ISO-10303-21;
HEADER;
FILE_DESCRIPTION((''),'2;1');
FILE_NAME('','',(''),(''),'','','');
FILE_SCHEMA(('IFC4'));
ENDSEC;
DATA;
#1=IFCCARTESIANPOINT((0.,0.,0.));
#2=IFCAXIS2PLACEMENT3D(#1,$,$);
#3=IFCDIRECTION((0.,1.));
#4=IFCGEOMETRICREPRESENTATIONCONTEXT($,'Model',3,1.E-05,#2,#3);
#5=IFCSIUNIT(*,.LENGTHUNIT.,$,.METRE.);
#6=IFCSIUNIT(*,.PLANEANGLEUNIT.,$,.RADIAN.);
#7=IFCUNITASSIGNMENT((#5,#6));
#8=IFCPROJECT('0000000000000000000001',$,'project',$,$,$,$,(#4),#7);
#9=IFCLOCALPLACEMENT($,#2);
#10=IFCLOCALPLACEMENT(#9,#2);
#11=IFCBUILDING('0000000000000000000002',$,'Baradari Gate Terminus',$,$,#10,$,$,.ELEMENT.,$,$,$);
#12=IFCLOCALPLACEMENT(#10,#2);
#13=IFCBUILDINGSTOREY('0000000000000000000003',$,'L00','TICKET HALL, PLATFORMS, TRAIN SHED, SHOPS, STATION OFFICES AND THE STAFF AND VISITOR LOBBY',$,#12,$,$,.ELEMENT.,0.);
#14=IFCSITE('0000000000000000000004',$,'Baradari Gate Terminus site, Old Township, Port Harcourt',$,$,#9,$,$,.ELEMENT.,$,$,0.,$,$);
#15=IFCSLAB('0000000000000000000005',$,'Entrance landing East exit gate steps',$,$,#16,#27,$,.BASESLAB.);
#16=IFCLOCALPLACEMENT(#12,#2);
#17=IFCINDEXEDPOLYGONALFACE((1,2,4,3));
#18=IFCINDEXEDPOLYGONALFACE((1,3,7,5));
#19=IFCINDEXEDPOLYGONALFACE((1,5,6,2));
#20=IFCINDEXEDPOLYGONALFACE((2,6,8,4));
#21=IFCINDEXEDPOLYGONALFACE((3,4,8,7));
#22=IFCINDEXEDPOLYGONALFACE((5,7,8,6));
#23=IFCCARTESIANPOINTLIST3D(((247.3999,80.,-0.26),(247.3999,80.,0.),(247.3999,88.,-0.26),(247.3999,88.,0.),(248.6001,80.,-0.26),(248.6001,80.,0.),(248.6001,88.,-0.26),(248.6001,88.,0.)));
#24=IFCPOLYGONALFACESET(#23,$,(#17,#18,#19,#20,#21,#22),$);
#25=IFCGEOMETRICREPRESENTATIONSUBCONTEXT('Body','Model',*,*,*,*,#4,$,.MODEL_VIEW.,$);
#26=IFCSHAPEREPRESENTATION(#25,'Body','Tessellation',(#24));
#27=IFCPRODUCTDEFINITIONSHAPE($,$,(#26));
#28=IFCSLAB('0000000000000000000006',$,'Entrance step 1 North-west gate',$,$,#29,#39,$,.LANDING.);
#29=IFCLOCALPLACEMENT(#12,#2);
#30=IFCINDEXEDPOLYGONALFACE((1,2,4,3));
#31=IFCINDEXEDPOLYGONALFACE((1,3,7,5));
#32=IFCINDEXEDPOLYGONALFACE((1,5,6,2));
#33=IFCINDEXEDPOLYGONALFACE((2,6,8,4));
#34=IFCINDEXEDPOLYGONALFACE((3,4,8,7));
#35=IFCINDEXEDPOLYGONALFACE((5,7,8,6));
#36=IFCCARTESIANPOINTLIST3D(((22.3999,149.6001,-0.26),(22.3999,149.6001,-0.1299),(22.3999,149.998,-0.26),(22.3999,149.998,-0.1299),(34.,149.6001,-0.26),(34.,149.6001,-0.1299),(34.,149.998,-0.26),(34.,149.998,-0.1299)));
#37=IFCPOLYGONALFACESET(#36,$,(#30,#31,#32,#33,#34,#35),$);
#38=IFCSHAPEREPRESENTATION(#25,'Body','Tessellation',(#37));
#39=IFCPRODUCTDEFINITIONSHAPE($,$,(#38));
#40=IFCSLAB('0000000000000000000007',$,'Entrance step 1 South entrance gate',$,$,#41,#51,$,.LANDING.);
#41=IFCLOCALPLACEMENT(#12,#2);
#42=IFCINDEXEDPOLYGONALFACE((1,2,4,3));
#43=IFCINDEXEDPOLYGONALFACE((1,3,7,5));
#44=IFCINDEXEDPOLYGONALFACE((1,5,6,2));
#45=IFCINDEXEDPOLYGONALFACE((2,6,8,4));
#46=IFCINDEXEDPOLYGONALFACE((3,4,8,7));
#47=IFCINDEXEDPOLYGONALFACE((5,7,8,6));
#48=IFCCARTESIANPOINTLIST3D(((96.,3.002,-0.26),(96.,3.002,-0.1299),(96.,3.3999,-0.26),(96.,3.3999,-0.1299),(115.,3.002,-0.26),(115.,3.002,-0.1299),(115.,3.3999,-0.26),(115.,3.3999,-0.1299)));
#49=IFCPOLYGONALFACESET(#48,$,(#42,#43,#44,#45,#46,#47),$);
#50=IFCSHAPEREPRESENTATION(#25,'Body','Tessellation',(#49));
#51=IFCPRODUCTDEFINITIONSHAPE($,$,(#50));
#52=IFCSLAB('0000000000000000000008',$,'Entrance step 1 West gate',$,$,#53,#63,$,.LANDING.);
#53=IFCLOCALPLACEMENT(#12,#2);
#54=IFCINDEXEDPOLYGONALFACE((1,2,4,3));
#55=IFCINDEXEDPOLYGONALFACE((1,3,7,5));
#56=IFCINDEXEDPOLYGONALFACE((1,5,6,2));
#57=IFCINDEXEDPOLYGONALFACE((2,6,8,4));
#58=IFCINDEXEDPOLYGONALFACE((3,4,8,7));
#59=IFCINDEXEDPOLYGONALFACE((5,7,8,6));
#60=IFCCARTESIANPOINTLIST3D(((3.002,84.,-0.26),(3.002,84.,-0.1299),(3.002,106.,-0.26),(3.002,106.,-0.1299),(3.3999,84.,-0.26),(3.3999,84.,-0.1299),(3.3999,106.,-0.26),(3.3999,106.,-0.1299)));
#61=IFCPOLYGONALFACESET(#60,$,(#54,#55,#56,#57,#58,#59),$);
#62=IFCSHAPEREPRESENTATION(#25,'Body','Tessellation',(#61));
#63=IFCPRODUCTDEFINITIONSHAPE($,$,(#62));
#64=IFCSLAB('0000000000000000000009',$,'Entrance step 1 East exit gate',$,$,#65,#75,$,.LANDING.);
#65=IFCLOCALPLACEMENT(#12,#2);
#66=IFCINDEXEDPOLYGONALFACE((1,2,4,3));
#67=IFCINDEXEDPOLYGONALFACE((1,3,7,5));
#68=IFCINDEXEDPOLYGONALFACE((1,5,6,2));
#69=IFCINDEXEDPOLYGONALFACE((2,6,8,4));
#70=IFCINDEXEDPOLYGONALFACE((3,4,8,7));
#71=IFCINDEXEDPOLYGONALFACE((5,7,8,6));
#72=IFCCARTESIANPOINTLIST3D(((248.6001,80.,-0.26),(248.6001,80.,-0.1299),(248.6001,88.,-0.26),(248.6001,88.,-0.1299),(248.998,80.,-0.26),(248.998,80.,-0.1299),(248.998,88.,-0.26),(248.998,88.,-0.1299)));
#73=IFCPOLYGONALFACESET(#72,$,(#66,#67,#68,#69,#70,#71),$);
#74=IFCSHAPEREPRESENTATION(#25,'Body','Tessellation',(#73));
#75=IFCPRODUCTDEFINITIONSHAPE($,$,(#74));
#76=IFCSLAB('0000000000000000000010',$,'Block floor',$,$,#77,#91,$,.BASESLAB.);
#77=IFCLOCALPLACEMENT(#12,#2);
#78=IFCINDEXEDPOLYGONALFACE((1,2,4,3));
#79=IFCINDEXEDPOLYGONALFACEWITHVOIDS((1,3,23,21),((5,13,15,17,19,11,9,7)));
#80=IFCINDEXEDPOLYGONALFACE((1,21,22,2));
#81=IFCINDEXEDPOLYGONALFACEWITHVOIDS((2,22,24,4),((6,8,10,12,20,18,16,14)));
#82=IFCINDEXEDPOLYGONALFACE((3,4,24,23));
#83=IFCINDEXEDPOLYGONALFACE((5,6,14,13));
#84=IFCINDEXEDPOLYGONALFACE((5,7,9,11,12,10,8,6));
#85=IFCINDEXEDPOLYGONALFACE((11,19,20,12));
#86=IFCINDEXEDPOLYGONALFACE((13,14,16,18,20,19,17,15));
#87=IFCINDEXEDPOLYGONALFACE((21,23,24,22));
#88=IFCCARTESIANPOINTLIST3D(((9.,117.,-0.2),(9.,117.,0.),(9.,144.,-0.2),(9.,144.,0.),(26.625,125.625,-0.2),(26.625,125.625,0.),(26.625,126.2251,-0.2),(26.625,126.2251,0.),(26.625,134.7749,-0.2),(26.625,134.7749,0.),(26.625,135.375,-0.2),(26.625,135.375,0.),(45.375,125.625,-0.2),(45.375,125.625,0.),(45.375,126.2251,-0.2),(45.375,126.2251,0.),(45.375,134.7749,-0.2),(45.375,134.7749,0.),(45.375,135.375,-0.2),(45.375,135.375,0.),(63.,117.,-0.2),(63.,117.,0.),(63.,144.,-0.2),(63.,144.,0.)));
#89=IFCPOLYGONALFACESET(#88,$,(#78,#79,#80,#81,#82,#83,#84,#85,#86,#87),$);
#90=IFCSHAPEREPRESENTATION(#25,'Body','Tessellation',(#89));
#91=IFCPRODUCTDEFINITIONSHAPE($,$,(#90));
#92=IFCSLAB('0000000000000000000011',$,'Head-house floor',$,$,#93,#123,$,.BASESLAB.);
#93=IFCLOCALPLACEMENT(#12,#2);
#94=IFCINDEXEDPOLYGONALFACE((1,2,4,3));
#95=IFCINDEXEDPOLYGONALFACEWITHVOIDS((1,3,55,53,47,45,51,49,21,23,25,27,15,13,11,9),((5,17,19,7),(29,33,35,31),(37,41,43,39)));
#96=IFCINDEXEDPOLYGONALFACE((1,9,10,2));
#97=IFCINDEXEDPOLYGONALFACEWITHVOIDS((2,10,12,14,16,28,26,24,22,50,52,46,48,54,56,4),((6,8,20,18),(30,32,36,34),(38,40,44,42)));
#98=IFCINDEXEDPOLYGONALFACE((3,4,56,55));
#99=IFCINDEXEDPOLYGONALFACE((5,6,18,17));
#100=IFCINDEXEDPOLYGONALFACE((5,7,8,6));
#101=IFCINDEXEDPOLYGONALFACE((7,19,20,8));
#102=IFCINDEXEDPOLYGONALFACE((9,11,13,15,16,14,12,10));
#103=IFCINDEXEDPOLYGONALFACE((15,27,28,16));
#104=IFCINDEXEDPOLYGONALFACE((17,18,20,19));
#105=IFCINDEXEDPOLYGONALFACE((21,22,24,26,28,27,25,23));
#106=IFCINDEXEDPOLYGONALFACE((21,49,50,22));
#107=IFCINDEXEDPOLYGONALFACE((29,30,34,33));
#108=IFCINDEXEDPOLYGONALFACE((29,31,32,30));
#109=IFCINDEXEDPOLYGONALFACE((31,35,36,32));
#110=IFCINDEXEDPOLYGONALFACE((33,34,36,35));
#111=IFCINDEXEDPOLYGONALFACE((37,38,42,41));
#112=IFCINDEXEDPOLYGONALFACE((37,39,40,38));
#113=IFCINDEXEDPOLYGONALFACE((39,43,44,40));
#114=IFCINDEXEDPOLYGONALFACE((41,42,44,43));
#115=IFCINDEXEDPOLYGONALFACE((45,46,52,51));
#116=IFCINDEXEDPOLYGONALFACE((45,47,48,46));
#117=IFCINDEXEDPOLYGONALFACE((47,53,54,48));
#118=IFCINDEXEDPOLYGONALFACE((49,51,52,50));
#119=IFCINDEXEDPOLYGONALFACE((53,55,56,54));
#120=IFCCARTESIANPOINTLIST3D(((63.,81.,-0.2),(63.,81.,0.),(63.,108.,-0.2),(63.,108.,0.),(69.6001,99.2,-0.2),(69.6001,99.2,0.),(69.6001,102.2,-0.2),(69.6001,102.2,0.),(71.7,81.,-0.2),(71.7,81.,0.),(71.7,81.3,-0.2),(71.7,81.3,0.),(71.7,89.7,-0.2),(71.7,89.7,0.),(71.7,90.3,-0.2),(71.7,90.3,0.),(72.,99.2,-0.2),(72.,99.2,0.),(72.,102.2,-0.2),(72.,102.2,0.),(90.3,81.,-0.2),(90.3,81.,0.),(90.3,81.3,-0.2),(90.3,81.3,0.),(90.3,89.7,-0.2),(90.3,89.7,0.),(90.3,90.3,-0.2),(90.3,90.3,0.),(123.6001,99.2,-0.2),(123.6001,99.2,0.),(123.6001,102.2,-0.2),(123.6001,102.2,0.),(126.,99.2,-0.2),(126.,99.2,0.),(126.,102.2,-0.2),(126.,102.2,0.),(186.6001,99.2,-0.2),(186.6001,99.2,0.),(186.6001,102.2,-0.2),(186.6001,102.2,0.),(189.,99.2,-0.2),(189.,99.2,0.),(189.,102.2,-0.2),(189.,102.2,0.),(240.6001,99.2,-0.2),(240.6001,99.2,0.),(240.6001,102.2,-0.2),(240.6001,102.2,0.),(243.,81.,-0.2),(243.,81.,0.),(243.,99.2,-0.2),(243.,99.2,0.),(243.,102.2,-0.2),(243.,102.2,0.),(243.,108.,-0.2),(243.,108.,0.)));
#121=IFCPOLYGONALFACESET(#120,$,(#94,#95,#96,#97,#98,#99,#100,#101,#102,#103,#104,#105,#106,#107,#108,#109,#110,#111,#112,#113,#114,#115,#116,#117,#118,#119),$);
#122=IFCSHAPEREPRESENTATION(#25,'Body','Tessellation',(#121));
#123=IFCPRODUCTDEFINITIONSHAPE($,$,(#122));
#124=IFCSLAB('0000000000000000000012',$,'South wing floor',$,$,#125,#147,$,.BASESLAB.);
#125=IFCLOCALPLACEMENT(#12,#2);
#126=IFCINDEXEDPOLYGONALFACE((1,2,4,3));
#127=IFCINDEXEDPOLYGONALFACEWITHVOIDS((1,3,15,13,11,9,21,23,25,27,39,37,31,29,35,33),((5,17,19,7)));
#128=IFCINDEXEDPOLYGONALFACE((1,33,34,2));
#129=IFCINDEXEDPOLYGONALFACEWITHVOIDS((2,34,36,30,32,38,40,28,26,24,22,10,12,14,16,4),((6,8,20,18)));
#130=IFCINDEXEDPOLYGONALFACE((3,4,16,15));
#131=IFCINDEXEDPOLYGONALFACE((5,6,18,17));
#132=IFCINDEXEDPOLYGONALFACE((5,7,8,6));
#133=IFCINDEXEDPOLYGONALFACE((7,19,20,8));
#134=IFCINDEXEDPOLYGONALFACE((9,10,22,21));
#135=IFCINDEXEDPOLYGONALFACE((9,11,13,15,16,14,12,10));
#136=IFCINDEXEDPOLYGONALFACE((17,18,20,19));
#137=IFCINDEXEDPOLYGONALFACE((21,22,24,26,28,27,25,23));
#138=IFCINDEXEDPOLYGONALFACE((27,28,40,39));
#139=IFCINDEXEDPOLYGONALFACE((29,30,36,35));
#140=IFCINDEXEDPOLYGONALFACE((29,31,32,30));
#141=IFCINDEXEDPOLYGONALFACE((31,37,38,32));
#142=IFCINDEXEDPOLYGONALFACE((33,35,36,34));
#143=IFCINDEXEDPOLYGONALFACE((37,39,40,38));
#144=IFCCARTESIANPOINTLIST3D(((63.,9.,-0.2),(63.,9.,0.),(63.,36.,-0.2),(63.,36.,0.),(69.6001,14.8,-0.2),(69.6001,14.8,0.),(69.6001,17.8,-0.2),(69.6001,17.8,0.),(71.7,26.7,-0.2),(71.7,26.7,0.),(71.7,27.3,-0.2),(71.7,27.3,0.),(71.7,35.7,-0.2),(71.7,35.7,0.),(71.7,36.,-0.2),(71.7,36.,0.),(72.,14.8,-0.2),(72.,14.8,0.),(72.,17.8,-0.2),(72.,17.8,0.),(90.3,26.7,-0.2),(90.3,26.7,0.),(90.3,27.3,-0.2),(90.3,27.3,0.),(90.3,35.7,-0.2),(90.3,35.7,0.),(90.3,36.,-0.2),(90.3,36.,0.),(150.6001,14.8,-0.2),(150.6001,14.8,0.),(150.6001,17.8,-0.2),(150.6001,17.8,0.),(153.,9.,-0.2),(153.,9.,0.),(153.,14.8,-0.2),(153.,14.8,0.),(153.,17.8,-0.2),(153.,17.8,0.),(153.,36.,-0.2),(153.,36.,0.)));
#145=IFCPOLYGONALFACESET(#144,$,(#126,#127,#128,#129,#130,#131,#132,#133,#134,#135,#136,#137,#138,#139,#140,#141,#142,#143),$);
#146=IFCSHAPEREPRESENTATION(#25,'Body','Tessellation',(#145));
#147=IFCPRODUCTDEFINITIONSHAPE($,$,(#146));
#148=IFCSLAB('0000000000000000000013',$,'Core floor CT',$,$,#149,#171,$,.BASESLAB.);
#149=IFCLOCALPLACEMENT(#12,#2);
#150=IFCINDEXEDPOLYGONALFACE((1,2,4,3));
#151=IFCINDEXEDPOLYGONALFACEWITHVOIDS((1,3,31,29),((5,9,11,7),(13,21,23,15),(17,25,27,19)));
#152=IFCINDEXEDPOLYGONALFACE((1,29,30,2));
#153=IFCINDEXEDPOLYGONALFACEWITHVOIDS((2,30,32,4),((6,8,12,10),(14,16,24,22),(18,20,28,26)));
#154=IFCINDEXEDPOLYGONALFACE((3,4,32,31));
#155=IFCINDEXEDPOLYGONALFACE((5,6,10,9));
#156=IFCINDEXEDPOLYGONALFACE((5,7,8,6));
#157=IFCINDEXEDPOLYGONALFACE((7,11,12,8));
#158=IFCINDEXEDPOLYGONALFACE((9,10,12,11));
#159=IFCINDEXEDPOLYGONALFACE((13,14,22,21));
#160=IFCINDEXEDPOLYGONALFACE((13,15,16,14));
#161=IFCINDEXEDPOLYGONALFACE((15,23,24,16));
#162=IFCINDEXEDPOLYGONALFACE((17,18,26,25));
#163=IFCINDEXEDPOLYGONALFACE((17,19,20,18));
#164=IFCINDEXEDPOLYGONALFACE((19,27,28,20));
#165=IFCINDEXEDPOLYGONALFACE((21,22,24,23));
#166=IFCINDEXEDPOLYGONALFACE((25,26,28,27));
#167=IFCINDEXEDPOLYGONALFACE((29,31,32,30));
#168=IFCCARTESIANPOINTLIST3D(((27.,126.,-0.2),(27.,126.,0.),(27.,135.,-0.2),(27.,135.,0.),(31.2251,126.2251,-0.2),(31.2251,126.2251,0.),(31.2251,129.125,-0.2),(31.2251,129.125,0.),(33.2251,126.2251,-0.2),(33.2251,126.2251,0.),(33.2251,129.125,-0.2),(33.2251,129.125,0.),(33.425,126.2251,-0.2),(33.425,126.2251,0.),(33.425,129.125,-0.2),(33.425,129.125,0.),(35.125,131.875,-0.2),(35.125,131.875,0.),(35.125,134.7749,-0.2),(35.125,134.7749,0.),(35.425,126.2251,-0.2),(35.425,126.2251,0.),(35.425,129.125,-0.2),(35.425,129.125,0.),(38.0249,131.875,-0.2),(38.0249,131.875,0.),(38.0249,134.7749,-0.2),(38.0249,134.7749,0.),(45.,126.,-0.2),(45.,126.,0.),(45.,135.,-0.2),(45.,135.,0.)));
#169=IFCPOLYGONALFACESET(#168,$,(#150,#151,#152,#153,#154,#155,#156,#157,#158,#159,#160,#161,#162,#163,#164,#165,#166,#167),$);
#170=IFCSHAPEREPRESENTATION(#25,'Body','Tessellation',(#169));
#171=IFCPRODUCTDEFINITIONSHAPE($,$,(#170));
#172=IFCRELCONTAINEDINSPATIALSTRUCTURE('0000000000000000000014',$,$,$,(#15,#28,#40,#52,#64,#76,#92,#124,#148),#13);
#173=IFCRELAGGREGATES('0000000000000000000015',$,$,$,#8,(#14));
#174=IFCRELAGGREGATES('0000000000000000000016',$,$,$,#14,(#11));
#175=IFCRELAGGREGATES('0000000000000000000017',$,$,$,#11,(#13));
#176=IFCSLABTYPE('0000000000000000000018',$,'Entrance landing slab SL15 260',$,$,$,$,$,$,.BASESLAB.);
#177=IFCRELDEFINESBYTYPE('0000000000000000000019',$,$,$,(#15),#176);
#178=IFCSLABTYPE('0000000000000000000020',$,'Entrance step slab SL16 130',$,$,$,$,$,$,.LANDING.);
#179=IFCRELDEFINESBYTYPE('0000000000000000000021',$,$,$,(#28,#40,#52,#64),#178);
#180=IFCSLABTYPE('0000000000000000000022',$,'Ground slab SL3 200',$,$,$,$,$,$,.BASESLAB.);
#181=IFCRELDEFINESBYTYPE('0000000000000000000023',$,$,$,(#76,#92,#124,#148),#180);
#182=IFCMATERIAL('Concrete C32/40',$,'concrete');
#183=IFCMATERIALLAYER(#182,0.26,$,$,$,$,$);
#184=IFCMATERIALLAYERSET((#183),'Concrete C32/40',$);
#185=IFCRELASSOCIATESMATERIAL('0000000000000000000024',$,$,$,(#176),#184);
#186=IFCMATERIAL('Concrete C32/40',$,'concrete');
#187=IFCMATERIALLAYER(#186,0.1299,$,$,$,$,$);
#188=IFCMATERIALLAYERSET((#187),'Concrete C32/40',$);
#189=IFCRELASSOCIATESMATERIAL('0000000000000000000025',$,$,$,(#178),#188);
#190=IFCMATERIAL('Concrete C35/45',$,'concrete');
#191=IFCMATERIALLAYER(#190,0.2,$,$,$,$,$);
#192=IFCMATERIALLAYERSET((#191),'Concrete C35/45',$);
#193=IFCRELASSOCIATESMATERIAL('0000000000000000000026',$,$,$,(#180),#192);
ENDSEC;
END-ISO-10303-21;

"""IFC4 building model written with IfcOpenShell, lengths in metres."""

from ifc_helpers import new_model, si_unit, direction, frame, origin, place, context, subcontext, project, spatial, polyline, outline, extrude, material, layer, layer_set, type_object, element, save


model = new_model("IFC4")

# Units and contexts
model_context = context("Model", 3, precision=1e-05, world=origin(), true_north=direction((0.0, 1.0)))
body_context = subcontext(model_context, "Body", "Model", "MODEL_VIEW")
ifc_project = project(units=[si_unit("LENGTHUNIT", "METRE"), si_unit("PLANEANGLEUNIT", "RADIAN")], contexts=[model_context])

# Site, building, storey
site_placement = place(None, origin())
site = spatial("IfcSite", under=ifc_project, at=site_placement, Name="Baradari Gate Terminus site, Old Township, Port Harcourt", CompositionType="ELEMENT", RefElevation=0.0)
building_placement = place(site_placement, origin())
building = spatial("IfcBuilding", under=site, at=building_placement, Name="Baradari Gate Terminus", CompositionType="ELEMENT")
storey_placement = place(building_placement, origin())
storey = spatial("IfcBuildingStorey", under=building, at=storey_placement, Name="L00", Description="TICKET HALL, PLATFORMS, TRAIN SHED, SHOPS, STATION OFFICES AND THE STAFF AND VISITOR LOBBY", CompositionType="ELEMENT", Elevation=0.0)

# Slabs
ifc_material_1 = material(Name="Concrete C32/40", Category="concrete")
ifc_layer_1 = layer(ifc_material_1, 0.26)
ifc_layer_set_1 = layer_set([ifc_layer_1], Name="Concrete C32/40")
slab_type_1 = type_object("IfcSlabType", Name="Entrance landing slab SL15 260", PredefinedType="BASESLAB", material=ifc_layer_set_1)
slab_1_placement = place(storey_placement, frame((0.0, 0.0, -0.26)))
element("IfcSlab", 1, at=slab_1_placement, inside=storey, type_object=slab_type_1, Name="Entrance landing East exit gate steps", PredefinedType="BASESLAB", context=body_context, shape_type="SweptSolid", body=[
    extrude(outline(polyline([(248.6001, 80.0), (248.6001, 88.0), (247.3999, 88.0), (247.3999, 80.0), (248.6001, 80.0)])), origin(), (0.0, 0.0, 1.0), 0.26),
])
ifc_material_2 = material(Name="Concrete C32/40", Category="concrete")
ifc_layer_2 = layer(ifc_material_2, 0.1299)
ifc_layer_set_2 = layer_set([ifc_layer_2], Name="Concrete C32/40")
slab_type_2 = type_object("IfcSlabType", Name="Entrance step slab SL16 130", PredefinedType="LANDING", material=ifc_layer_set_2)
slab_2_placement = place(storey_placement, frame((0.0, 0.0, -0.26)))
element("IfcSlab", 2, at=slab_2_placement, inside=storey, type_object=slab_type_2, Name="Entrance step 1 North-west gate", PredefinedType="LANDING", context=body_context, shape_type="SweptSolid", body=[
    extrude(outline(polyline([(34.0, 149.6001), (34.0, 149.998), (22.3999, 149.998), (22.3999, 149.6001), (34.0, 149.6001)])), origin(), (0.0, 0.0, 1.0), 0.1301),
])
slab_3_placement = place(storey_placement, frame((0.0, 0.0, -0.26)))
element("IfcSlab", 3, at=slab_3_placement, inside=storey, type_object=slab_type_2, Name="Entrance step 1 South entrance gate", PredefinedType="LANDING", context=body_context, shape_type="SweptSolid", body=[
    extrude(outline(polyline([(115.0, 3.002), (115.0, 3.3999), (96.0, 3.3999), (96.0, 3.002), (115.0, 3.002)])), origin(), (0.0, 0.0, 1.0), 0.1301),
])
slab_4_placement = place(storey_placement, frame((0.0, 0.0, -0.26)))
element("IfcSlab", 4, at=slab_4_placement, inside=storey, type_object=slab_type_2, Name="Entrance step 1 West gate", PredefinedType="LANDING", context=body_context, shape_type="SweptSolid", body=[
    extrude(outline(polyline([(3.3999, 84.0), (3.3999, 106.0), (3.002, 106.0), (3.002, 84.0), (3.3999, 84.0)])), origin(), (0.0, 0.0, 1.0), 0.1301),
])
slab_5_placement = place(storey_placement, frame((0.0, 0.0, -0.26)))
element("IfcSlab", 5, at=slab_5_placement, inside=storey, type_object=slab_type_2, Name="Entrance step 1 East exit gate", PredefinedType="LANDING", context=body_context, shape_type="SweptSolid", body=[
    extrude(outline(polyline([(248.998, 80.0), (248.998, 88.0), (248.6001, 88.0), (248.6001, 80.0), (248.998, 80.0)])), origin(), (0.0, 0.0, 1.0), 0.1301),
])
ifc_material_3 = material(Name="Concrete C35/45", Category="concrete")
ifc_layer_3 = layer(ifc_material_3, 0.2)
ifc_layer_set_3 = layer_set([ifc_layer_3], Name="Concrete C35/45")
slab_type_3 = type_object("IfcSlabType", Name="Ground slab SL3 200", PredefinedType="BASESLAB", material=ifc_layer_set_3)
slab_6_placement = place(storey_placement, frame((0.0, 0.0, -0.2)))
element("IfcSlab", 6, at=slab_6_placement, inside=storey, type_object=slab_type_3, Name="Block floor", PredefinedType="BASESLAB", context=body_context, shape_type="SweptSolid", body=[
    extrude(outline(polyline([(63.0, 144.0), (9.0, 144.0), (9.0, 117.0), (63.0, 117.0), (63.0, 144.0)]), holes=[polyline([(45.375, 134.7749), (45.375, 135.375), (26.625, 135.375), (26.625, 134.7749), (26.625, 126.2251), (26.625, 125.625), (45.375, 125.625), (45.375, 126.2251), (45.375, 134.7749)])]), origin(), (0.0, 0.0, 1.0), 0.2),
])
slab_7_placement = place(storey_placement, frame((0.0, 0.0, -0.2)))
element("IfcSlab", 7, at=slab_7_placement, inside=storey, type_object=slab_type_3, Name="Head-house floor", PredefinedType="BASESLAB", context=body_context, shape_type="SweptSolid", body=[
    extrude(outline(polyline([(63.0, 81.0), (71.7, 81.0), (71.7, 81.3), (71.7, 89.7), (71.7, 90.3), (90.3, 90.3), (90.3, 89.7), (90.3, 81.3), (90.3, 81.0), (243.0, 81.0), (243.0, 99.2), (240.6001, 99.2), (240.6001, 102.2), (243.0, 102.2), (243.0, 108.0), (63.0, 108.0), (63.0, 81.0)]), holes=[polyline([(189.0, 99.2), (189.0, 102.2), (186.6001, 102.2), (186.6001, 99.2), (189.0, 99.2)]), polyline([(126.0, 102.2), (123.6001, 102.2), (123.6001, 99.2), (126.0, 99.2), (126.0, 102.2)]), polyline([(69.6001, 102.2), (69.6001, 99.2), (72.0, 99.2), (72.0, 102.2), (69.6001, 102.2)])]), origin(), (0.0, 0.0, 1.0), 0.2),
])
slab_8_placement = place(storey_placement, frame((0.0, 0.0, -0.2)))
element("IfcSlab", 8, at=slab_8_placement, inside=storey, type_object=slab_type_3, Name="South wing floor", PredefinedType="BASESLAB", context=body_context, shape_type="SweptSolid", body=[
    extrude(outline(polyline([(71.7, 36.0), (63.0, 36.0), (63.0, 9.0), (153.0, 9.0), (153.0, 14.8), (150.6001, 14.8), (150.6001, 17.8), (153.0, 17.8), (153.0, 36.0), (90.3, 36.0), (90.3, 35.7), (90.3, 27.3), (90.3, 26.7), (71.7, 26.7), (71.7, 27.3), (71.7, 35.7), (71.7, 36.0)]), holes=[polyline([(72.0, 14.8), (72.0, 17.8), (69.6001, 17.8), (69.6001, 14.8), (72.0, 14.8)])]), origin(), (0.0, 0.0, 1.0), 0.2),
])
slab_9_placement = place(storey_placement, frame((0.0, 0.0, -0.2)))
element("IfcSlab", 9, at=slab_9_placement, inside=storey, type_object=slab_type_3, Name="Core floor CT", PredefinedType="BASESLAB", context=body_context, shape_type="SweptSolid", body=[
    extrude(outline(polyline([(45.0, 135.0), (27.0, 135.0), (27.0, 126.0), (45.0, 126.0), (45.0, 135.0)]), holes=[polyline([(38.0249, 134.7749), (35.125, 134.7749), (35.125, 131.875), (38.0249, 131.875), (38.0249, 134.7749)]), polyline([(33.425, 129.125), (33.425, 126.2251), (35.425, 126.2251), (35.425, 129.125), (33.425, 129.125)]), polyline([(31.2251, 126.2251), (33.2251, 126.2251), (33.2251, 129.125), (31.2251, 129.125), (31.2251, 126.2251)])]), origin(), (0.0, 0.0, 1.0), 0.2),
])

save(model, "model.ifc")
